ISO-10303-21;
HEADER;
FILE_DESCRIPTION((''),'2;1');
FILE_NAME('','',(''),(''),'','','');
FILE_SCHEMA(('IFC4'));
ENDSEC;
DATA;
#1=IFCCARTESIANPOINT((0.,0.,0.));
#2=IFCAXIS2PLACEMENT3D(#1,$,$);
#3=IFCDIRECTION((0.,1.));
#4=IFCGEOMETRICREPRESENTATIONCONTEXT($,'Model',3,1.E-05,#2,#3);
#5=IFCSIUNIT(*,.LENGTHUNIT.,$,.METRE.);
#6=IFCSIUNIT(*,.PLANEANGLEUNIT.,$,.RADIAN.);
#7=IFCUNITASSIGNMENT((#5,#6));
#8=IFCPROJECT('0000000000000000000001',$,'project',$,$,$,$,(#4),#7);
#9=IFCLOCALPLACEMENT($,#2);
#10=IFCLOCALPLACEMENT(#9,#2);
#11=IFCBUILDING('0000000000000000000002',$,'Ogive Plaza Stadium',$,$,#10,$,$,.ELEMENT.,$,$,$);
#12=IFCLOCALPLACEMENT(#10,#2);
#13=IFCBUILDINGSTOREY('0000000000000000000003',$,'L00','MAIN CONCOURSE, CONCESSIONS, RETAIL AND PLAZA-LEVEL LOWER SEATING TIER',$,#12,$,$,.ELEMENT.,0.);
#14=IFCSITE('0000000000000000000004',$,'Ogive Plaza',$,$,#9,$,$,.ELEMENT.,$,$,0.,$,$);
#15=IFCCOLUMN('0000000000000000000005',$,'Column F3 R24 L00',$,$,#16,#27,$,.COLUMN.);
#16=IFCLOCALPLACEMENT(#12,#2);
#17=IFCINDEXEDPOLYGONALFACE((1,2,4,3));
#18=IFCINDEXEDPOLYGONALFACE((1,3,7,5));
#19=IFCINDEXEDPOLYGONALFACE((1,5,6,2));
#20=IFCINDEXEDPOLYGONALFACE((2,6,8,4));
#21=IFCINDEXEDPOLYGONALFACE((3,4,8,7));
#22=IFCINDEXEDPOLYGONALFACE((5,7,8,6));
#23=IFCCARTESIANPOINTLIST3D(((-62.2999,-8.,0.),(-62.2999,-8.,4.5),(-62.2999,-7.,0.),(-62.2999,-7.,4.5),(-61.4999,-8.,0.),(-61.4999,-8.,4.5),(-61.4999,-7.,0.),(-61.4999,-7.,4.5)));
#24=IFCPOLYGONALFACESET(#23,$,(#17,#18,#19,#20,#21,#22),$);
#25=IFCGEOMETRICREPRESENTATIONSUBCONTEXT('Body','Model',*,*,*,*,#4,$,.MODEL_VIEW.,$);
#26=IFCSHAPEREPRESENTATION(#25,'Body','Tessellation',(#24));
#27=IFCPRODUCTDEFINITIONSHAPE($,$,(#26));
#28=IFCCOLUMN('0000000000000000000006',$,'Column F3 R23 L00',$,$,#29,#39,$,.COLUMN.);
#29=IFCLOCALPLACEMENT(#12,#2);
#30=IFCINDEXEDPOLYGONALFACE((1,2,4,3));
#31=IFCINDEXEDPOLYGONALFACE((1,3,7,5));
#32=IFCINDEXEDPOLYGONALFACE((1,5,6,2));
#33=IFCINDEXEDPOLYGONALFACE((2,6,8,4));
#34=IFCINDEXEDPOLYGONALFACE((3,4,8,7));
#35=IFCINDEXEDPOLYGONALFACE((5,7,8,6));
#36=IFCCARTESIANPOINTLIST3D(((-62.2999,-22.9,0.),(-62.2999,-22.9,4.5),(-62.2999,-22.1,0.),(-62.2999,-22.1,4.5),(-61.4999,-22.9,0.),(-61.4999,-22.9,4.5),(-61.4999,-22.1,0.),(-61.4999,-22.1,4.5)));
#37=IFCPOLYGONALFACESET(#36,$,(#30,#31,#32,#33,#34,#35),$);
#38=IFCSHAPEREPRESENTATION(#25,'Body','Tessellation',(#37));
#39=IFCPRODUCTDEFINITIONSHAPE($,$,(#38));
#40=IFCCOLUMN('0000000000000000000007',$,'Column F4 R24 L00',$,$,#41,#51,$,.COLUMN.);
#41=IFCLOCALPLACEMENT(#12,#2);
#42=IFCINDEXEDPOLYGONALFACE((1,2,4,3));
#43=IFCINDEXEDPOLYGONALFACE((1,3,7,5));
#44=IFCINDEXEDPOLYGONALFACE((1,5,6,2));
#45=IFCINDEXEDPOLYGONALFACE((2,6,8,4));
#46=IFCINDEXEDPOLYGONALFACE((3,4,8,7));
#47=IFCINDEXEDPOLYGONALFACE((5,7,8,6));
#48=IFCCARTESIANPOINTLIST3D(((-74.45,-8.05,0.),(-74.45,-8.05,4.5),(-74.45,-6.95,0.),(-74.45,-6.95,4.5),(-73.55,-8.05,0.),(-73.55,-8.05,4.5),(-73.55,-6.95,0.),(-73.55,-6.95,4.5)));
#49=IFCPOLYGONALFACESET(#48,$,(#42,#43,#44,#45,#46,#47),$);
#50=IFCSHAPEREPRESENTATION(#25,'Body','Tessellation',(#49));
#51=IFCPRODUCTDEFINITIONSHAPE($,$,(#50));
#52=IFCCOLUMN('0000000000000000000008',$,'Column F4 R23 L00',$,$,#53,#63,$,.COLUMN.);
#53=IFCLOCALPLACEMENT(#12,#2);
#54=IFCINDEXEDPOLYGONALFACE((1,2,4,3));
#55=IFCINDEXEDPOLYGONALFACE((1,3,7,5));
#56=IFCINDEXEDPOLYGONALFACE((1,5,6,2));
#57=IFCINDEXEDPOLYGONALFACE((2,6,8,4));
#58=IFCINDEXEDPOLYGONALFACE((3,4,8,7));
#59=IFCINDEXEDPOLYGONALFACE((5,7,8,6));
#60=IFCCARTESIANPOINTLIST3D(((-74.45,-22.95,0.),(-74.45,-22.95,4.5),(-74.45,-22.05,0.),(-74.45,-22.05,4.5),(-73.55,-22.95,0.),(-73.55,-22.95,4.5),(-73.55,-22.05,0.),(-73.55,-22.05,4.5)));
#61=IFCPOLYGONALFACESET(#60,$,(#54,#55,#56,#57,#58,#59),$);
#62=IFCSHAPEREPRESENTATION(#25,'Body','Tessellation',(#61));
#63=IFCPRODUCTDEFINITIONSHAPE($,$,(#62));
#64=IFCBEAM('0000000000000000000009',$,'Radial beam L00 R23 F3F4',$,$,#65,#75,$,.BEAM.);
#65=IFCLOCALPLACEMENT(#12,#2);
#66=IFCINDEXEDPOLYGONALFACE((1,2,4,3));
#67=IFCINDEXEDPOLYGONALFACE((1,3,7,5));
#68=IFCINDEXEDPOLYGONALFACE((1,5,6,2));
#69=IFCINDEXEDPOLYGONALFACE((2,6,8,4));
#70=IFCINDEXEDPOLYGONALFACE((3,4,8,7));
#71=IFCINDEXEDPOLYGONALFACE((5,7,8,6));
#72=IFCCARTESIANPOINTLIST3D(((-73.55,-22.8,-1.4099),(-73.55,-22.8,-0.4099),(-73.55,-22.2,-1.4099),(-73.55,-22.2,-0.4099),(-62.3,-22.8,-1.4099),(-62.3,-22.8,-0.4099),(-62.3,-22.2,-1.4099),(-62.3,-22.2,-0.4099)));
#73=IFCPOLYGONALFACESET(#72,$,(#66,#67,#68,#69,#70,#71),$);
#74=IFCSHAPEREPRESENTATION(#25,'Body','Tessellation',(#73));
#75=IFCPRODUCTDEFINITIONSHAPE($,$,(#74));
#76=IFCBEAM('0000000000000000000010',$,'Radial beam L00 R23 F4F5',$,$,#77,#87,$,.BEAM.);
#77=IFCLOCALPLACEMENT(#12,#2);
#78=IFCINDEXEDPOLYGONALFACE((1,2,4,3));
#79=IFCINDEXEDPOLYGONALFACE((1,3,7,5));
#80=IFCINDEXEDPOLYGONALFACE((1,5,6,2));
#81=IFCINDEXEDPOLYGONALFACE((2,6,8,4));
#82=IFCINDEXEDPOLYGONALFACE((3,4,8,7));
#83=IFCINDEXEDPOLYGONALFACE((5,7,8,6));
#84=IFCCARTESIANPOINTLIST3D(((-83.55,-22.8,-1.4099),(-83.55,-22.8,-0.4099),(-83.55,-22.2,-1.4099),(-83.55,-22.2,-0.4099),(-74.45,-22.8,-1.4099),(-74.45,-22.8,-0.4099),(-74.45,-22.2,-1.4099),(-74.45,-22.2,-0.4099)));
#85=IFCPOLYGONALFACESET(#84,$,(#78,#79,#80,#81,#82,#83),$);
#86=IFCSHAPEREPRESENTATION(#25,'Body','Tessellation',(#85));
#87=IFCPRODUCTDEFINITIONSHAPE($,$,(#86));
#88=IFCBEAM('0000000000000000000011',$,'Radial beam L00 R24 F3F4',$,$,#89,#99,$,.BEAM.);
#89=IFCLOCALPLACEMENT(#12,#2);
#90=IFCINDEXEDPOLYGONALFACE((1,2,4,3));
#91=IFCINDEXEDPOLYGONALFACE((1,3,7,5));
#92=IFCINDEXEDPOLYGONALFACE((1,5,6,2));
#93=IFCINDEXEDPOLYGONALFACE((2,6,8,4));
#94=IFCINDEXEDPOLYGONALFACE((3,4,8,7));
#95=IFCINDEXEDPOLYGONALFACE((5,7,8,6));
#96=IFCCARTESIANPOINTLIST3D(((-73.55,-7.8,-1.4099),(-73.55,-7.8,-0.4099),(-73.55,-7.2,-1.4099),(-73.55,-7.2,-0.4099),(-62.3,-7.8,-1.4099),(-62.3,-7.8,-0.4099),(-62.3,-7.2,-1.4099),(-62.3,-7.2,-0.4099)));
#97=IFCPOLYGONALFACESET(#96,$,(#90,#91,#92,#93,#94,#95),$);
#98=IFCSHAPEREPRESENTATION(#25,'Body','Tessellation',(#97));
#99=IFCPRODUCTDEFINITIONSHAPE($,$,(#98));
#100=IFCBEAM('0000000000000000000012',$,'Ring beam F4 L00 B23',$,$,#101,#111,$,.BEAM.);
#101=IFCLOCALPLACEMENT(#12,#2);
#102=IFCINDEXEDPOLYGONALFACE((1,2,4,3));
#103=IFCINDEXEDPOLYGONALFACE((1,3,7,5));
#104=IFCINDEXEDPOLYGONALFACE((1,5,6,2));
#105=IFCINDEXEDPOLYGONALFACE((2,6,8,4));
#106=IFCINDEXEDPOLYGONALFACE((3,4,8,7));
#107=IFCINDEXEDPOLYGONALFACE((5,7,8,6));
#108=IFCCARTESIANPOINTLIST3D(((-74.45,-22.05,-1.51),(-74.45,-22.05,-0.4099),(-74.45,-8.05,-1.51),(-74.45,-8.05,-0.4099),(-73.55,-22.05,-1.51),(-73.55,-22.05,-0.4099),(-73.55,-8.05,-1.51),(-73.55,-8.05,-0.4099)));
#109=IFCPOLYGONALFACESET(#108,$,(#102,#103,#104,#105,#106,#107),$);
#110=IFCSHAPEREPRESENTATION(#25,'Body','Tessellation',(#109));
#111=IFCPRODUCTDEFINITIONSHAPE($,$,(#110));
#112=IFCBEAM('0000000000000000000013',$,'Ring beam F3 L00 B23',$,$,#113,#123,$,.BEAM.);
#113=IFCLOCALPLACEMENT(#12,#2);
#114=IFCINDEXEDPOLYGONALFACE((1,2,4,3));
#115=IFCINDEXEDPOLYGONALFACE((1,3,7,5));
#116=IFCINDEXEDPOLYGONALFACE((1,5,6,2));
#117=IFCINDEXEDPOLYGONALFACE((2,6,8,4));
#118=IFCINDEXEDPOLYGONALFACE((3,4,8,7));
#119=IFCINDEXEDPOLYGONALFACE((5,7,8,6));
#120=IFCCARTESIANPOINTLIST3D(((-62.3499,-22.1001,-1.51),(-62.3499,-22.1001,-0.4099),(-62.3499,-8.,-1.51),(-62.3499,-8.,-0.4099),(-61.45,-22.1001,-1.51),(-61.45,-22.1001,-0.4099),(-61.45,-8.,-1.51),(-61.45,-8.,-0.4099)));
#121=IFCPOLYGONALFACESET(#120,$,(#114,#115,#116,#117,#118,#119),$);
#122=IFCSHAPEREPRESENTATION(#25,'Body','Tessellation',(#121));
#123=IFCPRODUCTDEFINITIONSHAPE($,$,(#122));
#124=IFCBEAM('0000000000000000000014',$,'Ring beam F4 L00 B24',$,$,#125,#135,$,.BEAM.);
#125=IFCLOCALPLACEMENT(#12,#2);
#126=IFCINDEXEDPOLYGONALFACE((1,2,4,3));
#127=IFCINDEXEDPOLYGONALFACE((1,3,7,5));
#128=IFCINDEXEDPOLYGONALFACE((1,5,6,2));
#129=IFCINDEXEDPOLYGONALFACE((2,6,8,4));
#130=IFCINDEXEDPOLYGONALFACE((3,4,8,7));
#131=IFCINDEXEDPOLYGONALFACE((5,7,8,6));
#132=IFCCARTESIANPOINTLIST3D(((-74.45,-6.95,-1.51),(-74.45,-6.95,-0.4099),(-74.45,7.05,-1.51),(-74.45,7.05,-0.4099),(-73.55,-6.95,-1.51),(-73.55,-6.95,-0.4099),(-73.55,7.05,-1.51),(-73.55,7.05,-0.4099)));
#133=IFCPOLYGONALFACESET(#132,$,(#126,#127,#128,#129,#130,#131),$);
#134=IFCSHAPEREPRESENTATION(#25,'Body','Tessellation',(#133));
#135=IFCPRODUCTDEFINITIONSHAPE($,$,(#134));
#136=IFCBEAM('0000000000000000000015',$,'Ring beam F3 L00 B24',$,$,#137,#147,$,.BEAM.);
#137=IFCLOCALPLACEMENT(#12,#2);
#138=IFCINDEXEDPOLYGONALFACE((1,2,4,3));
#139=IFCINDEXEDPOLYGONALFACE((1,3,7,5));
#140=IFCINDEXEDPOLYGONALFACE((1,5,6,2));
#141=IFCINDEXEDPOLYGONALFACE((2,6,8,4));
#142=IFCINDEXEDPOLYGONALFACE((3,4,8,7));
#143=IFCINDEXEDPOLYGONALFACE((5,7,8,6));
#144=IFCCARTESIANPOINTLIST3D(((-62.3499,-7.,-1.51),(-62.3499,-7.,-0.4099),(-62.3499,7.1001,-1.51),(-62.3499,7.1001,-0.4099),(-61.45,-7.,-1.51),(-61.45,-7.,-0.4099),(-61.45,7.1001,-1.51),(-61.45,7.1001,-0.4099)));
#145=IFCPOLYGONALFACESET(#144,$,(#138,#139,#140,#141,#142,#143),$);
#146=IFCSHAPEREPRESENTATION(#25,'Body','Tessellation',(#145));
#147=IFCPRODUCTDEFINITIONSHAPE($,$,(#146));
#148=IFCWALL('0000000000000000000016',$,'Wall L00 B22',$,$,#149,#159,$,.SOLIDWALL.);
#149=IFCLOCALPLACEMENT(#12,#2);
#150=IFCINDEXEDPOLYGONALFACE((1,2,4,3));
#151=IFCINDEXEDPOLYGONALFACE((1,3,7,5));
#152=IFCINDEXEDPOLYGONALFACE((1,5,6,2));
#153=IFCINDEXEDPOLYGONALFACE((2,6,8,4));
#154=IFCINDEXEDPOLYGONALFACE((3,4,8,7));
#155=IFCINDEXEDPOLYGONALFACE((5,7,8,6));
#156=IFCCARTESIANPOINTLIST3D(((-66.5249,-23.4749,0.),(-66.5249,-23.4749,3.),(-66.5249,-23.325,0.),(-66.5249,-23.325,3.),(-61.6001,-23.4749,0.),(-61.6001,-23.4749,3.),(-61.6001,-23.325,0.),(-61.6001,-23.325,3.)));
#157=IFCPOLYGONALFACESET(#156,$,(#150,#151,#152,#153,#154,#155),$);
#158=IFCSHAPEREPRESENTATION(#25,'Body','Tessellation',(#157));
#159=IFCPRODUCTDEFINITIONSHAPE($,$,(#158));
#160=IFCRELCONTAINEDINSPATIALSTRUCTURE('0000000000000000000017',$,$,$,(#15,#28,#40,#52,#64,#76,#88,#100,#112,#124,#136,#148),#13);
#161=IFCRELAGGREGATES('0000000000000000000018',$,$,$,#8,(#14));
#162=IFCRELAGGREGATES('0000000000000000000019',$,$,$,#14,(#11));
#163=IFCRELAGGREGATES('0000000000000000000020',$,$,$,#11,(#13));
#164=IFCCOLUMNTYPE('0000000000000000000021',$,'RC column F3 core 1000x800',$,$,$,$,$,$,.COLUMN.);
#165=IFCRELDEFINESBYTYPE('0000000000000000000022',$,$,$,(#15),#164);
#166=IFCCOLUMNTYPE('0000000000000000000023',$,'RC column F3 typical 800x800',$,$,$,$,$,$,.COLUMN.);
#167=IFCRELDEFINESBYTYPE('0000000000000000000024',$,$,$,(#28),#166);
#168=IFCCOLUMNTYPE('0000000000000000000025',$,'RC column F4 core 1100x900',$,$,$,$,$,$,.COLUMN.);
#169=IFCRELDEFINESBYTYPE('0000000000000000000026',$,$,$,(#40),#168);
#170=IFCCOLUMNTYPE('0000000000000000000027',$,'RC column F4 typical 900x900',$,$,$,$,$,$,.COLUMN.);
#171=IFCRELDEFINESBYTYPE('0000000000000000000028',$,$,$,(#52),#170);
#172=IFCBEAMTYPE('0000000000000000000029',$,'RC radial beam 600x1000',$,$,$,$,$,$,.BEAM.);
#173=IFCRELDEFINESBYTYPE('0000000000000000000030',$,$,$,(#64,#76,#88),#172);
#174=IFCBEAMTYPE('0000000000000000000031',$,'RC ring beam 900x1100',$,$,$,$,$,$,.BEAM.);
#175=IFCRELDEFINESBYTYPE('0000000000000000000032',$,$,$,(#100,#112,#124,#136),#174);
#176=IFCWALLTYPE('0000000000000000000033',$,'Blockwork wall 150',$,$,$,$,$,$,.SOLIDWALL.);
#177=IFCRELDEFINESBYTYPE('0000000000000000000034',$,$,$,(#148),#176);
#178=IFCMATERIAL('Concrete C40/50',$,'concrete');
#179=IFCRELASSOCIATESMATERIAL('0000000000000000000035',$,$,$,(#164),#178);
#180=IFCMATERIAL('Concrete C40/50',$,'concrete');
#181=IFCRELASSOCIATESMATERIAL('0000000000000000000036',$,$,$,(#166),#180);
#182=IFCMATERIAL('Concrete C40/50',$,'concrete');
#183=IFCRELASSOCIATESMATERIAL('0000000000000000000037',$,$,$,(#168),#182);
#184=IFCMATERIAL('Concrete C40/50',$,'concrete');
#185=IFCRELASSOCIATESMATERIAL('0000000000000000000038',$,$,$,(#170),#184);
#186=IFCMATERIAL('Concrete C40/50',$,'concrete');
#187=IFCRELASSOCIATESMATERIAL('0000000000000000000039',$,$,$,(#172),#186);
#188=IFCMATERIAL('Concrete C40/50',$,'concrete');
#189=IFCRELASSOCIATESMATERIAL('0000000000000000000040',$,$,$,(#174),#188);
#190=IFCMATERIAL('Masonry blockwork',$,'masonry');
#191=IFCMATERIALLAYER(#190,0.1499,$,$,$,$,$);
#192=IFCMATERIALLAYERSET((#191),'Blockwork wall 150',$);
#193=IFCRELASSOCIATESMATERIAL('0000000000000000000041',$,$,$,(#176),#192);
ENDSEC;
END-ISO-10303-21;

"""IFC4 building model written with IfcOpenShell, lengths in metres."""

from ifc_helpers import new_model, si_unit, direction, frame, frame_2d, origin, origin_2d, place, context, subcontext, project, spatial, rectangle, extrude, material, layer, layer_set, material_profile, profile_set, type_object, element, save


model = new_model("IFC4")

# Units and contexts
model_context = context("Model", 3, precision=1e-05, world=origin(), true_north=direction((0.0, 1.0)))
body_context = subcontext(model_context, "Body", "Model", "MODEL_VIEW")
ifc_project = project(units=[si_unit("LENGTHUNIT", "METRE"), si_unit("PLANEANGLEUNIT", "RADIAN")], contexts=[model_context])

# Site, building, storey
site_placement = place(None, origin())
site = spatial("IfcSite", under=ifc_project, at=site_placement, Name="Ogive Plaza", CompositionType="ELEMENT", RefElevation=0.0)
building_placement = place(site_placement, origin())
building = spatial("IfcBuilding", under=site, at=building_placement, Name="Ogive Plaza Stadium", CompositionType="ELEMENT")
storey_placement = place(building_placement, origin())
storey = spatial("IfcBuildingStorey", under=building, at=storey_placement, Name="L00", Description="MAIN CONCOURSE, CONCESSIONS, RETAIL AND PLAZA-LEVEL LOWER SEATING TIER", CompositionType="ELEMENT", Elevation=0.0)

# Columns
ifc_material_1 = material(Name="Concrete C40/50", Category="concrete")
ifc_material_profile_1 = material_profile(ifc_material_1, rectangle(XDim=1.0, YDim=0.8, at=origin_2d()), Name="RC 1000x800")
ifc_profile_set_1 = profile_set([ifc_material_profile_1], Name="Concrete C40/50")
column_type_1 = type_object("IfcColumnType", Name="RC column F3 core 1000x800", PredefinedType="COLUMN", material=ifc_profile_set_1)
column_1_placement = place(storey_placement, frame((-61.8999, -7.5, 0.0), z_axis=(0.0, 0.0, 1.0), x_axis=(0.0, -1.0, 0.0)))
element("IfcColumn", 1, at=column_1_placement, inside=storey, type_object=column_type_1, Name="Column F3 R24 L00", PredefinedType="COLUMN", context=body_context, shape_type="SweptSolid", body=[
    extrude(rectangle(XDim=1.0, YDim=0.8, at=origin_2d()), origin(), (0.0, 0.0, 1.0), 4.5),
])
ifc_material_2 = material(Name="Concrete C40/50", Category="concrete")
ifc_material_profile_2 = material_profile(ifc_material_2, rectangle(XDim=0.8, YDim=0.8, at=origin_2d()), Name="RC 800x800")
ifc_profile_set_2 = profile_set([ifc_material_profile_2], Name="Concrete C40/50")
column_type_2 = type_object("IfcColumnType", Name="RC column F3 typical 800x800", PredefinedType="COLUMN", material=ifc_profile_set_2)
column_2_placement = place(storey_placement, frame((-61.8999, -22.5, 0.0), z_axis=(0.0, 0.0, 1.0), x_axis=(0.0, -1.0, 0.0)))
element("IfcColumn", 2, at=column_2_placement, inside=storey, type_object=column_type_2, Name="Column F3 R23 L00", PredefinedType="COLUMN", context=body_context, shape_type="SweptSolid", body=[
    extrude(rectangle(XDim=0.8, YDim=0.8, at=origin_2d()), origin(), (0.0, 0.0, 1.0), 4.5),
])
ifc_material_3 = material(Name="Concrete C40/50", Category="concrete")
ifc_material_profile_3 = material_profile(ifc_material_3, rectangle(XDim=1.1001, YDim=0.8999, at=origin_2d()), Name="RC 1100x900")
ifc_profile_set_3 = profile_set([ifc_material_profile_3], Name="Concrete C40/50")
column_type_3 = type_object("IfcColumnType", Name="RC column F4 core 1100x900", PredefinedType="COLUMN", material=ifc_profile_set_3)
column_3_placement = place(storey_placement, frame((-74.0, -7.5, 0.0), z_axis=(0.0, 0.0, 1.0), x_axis=(0.0, -1.0, 0.0)))
element("IfcColumn", 3, at=column_3_placement, inside=storey, type_object=column_type_3, Name="Column F4 R24 L00", PredefinedType="COLUMN", context=body_context, shape_type="SweptSolid", body=[
    extrude(rectangle(XDim=1.1001, YDim=0.8999, at=origin_2d()), origin(), (0.0, 0.0, 1.0), 4.5),
])
ifc_material_4 = material(Name="Concrete C40/50", Category="concrete")
ifc_material_profile_4 = material_profile(ifc_material_4, rectangle(XDim=0.8999, YDim=0.8999, at=origin_2d()), Name="RC 900x900")
ifc_profile_set_4 = profile_set([ifc_material_profile_4], Name="Concrete C40/50")
column_type_4 = type_object("IfcColumnType", Name="RC column F4 typical 900x900", PredefinedType="COLUMN", material=ifc_profile_set_4)
column_4_placement = place(storey_placement, frame((-74.0, -22.5, 0.0), z_axis=(0.0, 0.0, 1.0), x_axis=(0.0, -1.0, 0.0)))
element("IfcColumn", 4, at=column_4_placement, inside=storey, type_object=column_type_4, Name="Column F4 R23 L00", PredefinedType="COLUMN", context=body_context, shape_type="SweptSolid", body=[
    extrude(rectangle(XDim=0.8999, YDim=0.8999, at=origin_2d()), origin(), (0.0, 0.0, 1.0), 4.5),
])

# Beams
ifc_material_5 = material(Name="Concrete C40/50", Category="concrete")
ifc_material_profile_5 = material_profile(ifc_material_5, rectangle(XDim=0.6001, YDim=1.0, at=origin_2d()), Name="RC 600x1000")
ifc_profile_set_5 = profile_set([ifc_material_profile_5], Name="Concrete C40/50")
beam_type_1 = type_object("IfcBeamType", Name="RC radial beam 600x1000", PredefinedType="BEAM", material=ifc_profile_set_5)
beam_1_placement = place(storey_placement, frame((-62.3, -22.5, -0.9099), z_axis=(-1.0, 0.0, 0.0), x_axis=(0.0, -1.0, 0.0)))
element("IfcBeam", 5, at=beam_1_placement, inside=storey, type_object=beam_type_1, Name="Radial beam L00 R23 F3F4", PredefinedType="BEAM", context=body_context, shape_type="SweptSolid", body=[
    extrude(rectangle(XDim=0.6001, YDim=1.0, at=origin_2d()), origin(), (0.0, 0.0, 1.0), 11.25),
])
beam_2_placement = place(storey_placement, frame((-74.45, -22.5, -0.9099), z_axis=(-1.0, 0.0, 0.0), x_axis=(0.0, -1.0, 0.0)))
element("IfcBeam", 6, at=beam_2_placement, inside=storey, type_object=beam_type_1, Name="Radial beam L00 R23 F4F5", PredefinedType="BEAM", context=body_context, shape_type="SweptSolid", body=[
    extrude(rectangle(XDim=0.6001, YDim=1.0, at=origin_2d()), origin(), (0.0, 0.0, 1.0), 9.1001),
])
beam_3_placement = place(storey_placement, frame((-62.3, -7.5, -0.9099), z_axis=(-1.0, 0.0, 0.0), x_axis=(0.0, -1.0, 0.0)))
element("IfcBeam", 7, at=beam_3_placement, inside=storey, type_object=beam_type_1, Name="Radial beam L00 R24 F3F4", PredefinedType="BEAM", context=body_context, shape_type="SweptSolid", body=[
    extrude(rectangle(XDim=0.6001, YDim=1.0, at=origin_2d()), origin(), (0.0, 0.0, 1.0), 11.25),
])
ifc_material_6 = material(Name="Concrete C40/50", Category="concrete")
ifc_material_profile_6 = material_profile(ifc_material_6, rectangle(XDim=0.8999, YDim=1.1001, at=origin_2d()), Name="RC 900x1100")
ifc_profile_set_6 = profile_set([ifc_material_profile_6], Name="Concrete C40/50")
beam_type_2 = type_object("IfcBeamType", Name="RC ring beam 900x1100", PredefinedType="BEAM", material=ifc_profile_set_6)
beam_4_placement = place(storey_placement, frame((-74.0, -22.05, -0.96), z_axis=(0.0, 1.0, 0.0), x_axis=(-1.0, 0.0, 0.0)))
element("IfcBeam", 8, at=beam_4_placement, inside=storey, type_object=beam_type_2, Name="Ring beam F4 L00 B23", PredefinedType="BEAM", context=body_context, shape_type="SweptSolid", body=[
    extrude(rectangle(XDim=0.8999, YDim=1.1001, at=origin_2d()), origin(), (0.0, 0.0, 1.0), 14.0),
])
beam_5_placement = place(storey_placement, frame((-61.8999, -22.1001, -0.96), z_axis=(0.0, 1.0, 0.0), x_axis=(-1.0, 0.0, 0.0)))
element("IfcBeam", 9, at=beam_5_placement, inside=storey, type_object=beam_type_2, Name="Ring beam F3 L00 B23", PredefinedType="BEAM", context=body_context, shape_type="SweptSolid", body=[
    extrude(rectangle(XDim=0.8999, YDim=1.1001, at=origin_2d()), origin(), (0.0, 0.0, 1.0), 14.1001),
])
beam_6_placement = place(storey_placement, frame((-74.0, -6.95, -0.96), z_axis=(0.0, 1.0, 0.0), x_axis=(-1.0, 0.0, 0.0)))
element("IfcBeam", 10, at=beam_6_placement, inside=storey, type_object=beam_type_2, Name="Ring beam F4 L00 B24", PredefinedType="BEAM", context=body_context, shape_type="SweptSolid", body=[
    extrude(rectangle(XDim=0.8999, YDim=1.1001, at=origin_2d()), origin(), (0.0, 0.0, 1.0), 14.0),
])
beam_7_placement = place(storey_placement, frame((-61.8999, -7.0, -0.96), z_axis=(0.0, 1.0, 0.0), x_axis=(-1.0, 0.0, 0.0)))
element("IfcBeam", 11, at=beam_7_placement, inside=storey, type_object=beam_type_2, Name="Ring beam F3 L00 B24", PredefinedType="BEAM", context=body_context, shape_type="SweptSolid", body=[
    extrude(rectangle(XDim=0.8999, YDim=1.1001, at=origin_2d()), origin(), (0.0, 0.0, 1.0), 14.1001),
])

# Wall
ifc_material_7 = material(Name="Masonry blockwork", Category="masonry")
ifc_layer = layer(ifc_material_7, 0.1499)
ifc_layer_set = layer_set([ifc_layer], Name="Blockwork wall 150")
wall_type = type_object("IfcWallType", Name="Blockwork wall 150", PredefinedType="SOLIDWALL", material=ifc_layer_set)
wall_1_placement = place(storey_placement, frame((-61.6001, -23.3999, 0.0), z_axis=(0.0, 0.0, 1.0), x_axis=(-1.0, 0.0, 0.0)))
element("IfcWall", 12, at=wall_1_placement, inside=storey, type_object=wall_type, Name="Wall L00 B22", PredefinedType="SOLIDWALL", context=body_context, shape_type="SweptSolid", body=[
    extrude(rectangle(XDim=4.9248, YDim=0.1499, at=frame_2d((2.4624, 0.0))), origin(), (0.0, 0.0, 1.0), 3.0),
])

save(model, "model.ifc")
